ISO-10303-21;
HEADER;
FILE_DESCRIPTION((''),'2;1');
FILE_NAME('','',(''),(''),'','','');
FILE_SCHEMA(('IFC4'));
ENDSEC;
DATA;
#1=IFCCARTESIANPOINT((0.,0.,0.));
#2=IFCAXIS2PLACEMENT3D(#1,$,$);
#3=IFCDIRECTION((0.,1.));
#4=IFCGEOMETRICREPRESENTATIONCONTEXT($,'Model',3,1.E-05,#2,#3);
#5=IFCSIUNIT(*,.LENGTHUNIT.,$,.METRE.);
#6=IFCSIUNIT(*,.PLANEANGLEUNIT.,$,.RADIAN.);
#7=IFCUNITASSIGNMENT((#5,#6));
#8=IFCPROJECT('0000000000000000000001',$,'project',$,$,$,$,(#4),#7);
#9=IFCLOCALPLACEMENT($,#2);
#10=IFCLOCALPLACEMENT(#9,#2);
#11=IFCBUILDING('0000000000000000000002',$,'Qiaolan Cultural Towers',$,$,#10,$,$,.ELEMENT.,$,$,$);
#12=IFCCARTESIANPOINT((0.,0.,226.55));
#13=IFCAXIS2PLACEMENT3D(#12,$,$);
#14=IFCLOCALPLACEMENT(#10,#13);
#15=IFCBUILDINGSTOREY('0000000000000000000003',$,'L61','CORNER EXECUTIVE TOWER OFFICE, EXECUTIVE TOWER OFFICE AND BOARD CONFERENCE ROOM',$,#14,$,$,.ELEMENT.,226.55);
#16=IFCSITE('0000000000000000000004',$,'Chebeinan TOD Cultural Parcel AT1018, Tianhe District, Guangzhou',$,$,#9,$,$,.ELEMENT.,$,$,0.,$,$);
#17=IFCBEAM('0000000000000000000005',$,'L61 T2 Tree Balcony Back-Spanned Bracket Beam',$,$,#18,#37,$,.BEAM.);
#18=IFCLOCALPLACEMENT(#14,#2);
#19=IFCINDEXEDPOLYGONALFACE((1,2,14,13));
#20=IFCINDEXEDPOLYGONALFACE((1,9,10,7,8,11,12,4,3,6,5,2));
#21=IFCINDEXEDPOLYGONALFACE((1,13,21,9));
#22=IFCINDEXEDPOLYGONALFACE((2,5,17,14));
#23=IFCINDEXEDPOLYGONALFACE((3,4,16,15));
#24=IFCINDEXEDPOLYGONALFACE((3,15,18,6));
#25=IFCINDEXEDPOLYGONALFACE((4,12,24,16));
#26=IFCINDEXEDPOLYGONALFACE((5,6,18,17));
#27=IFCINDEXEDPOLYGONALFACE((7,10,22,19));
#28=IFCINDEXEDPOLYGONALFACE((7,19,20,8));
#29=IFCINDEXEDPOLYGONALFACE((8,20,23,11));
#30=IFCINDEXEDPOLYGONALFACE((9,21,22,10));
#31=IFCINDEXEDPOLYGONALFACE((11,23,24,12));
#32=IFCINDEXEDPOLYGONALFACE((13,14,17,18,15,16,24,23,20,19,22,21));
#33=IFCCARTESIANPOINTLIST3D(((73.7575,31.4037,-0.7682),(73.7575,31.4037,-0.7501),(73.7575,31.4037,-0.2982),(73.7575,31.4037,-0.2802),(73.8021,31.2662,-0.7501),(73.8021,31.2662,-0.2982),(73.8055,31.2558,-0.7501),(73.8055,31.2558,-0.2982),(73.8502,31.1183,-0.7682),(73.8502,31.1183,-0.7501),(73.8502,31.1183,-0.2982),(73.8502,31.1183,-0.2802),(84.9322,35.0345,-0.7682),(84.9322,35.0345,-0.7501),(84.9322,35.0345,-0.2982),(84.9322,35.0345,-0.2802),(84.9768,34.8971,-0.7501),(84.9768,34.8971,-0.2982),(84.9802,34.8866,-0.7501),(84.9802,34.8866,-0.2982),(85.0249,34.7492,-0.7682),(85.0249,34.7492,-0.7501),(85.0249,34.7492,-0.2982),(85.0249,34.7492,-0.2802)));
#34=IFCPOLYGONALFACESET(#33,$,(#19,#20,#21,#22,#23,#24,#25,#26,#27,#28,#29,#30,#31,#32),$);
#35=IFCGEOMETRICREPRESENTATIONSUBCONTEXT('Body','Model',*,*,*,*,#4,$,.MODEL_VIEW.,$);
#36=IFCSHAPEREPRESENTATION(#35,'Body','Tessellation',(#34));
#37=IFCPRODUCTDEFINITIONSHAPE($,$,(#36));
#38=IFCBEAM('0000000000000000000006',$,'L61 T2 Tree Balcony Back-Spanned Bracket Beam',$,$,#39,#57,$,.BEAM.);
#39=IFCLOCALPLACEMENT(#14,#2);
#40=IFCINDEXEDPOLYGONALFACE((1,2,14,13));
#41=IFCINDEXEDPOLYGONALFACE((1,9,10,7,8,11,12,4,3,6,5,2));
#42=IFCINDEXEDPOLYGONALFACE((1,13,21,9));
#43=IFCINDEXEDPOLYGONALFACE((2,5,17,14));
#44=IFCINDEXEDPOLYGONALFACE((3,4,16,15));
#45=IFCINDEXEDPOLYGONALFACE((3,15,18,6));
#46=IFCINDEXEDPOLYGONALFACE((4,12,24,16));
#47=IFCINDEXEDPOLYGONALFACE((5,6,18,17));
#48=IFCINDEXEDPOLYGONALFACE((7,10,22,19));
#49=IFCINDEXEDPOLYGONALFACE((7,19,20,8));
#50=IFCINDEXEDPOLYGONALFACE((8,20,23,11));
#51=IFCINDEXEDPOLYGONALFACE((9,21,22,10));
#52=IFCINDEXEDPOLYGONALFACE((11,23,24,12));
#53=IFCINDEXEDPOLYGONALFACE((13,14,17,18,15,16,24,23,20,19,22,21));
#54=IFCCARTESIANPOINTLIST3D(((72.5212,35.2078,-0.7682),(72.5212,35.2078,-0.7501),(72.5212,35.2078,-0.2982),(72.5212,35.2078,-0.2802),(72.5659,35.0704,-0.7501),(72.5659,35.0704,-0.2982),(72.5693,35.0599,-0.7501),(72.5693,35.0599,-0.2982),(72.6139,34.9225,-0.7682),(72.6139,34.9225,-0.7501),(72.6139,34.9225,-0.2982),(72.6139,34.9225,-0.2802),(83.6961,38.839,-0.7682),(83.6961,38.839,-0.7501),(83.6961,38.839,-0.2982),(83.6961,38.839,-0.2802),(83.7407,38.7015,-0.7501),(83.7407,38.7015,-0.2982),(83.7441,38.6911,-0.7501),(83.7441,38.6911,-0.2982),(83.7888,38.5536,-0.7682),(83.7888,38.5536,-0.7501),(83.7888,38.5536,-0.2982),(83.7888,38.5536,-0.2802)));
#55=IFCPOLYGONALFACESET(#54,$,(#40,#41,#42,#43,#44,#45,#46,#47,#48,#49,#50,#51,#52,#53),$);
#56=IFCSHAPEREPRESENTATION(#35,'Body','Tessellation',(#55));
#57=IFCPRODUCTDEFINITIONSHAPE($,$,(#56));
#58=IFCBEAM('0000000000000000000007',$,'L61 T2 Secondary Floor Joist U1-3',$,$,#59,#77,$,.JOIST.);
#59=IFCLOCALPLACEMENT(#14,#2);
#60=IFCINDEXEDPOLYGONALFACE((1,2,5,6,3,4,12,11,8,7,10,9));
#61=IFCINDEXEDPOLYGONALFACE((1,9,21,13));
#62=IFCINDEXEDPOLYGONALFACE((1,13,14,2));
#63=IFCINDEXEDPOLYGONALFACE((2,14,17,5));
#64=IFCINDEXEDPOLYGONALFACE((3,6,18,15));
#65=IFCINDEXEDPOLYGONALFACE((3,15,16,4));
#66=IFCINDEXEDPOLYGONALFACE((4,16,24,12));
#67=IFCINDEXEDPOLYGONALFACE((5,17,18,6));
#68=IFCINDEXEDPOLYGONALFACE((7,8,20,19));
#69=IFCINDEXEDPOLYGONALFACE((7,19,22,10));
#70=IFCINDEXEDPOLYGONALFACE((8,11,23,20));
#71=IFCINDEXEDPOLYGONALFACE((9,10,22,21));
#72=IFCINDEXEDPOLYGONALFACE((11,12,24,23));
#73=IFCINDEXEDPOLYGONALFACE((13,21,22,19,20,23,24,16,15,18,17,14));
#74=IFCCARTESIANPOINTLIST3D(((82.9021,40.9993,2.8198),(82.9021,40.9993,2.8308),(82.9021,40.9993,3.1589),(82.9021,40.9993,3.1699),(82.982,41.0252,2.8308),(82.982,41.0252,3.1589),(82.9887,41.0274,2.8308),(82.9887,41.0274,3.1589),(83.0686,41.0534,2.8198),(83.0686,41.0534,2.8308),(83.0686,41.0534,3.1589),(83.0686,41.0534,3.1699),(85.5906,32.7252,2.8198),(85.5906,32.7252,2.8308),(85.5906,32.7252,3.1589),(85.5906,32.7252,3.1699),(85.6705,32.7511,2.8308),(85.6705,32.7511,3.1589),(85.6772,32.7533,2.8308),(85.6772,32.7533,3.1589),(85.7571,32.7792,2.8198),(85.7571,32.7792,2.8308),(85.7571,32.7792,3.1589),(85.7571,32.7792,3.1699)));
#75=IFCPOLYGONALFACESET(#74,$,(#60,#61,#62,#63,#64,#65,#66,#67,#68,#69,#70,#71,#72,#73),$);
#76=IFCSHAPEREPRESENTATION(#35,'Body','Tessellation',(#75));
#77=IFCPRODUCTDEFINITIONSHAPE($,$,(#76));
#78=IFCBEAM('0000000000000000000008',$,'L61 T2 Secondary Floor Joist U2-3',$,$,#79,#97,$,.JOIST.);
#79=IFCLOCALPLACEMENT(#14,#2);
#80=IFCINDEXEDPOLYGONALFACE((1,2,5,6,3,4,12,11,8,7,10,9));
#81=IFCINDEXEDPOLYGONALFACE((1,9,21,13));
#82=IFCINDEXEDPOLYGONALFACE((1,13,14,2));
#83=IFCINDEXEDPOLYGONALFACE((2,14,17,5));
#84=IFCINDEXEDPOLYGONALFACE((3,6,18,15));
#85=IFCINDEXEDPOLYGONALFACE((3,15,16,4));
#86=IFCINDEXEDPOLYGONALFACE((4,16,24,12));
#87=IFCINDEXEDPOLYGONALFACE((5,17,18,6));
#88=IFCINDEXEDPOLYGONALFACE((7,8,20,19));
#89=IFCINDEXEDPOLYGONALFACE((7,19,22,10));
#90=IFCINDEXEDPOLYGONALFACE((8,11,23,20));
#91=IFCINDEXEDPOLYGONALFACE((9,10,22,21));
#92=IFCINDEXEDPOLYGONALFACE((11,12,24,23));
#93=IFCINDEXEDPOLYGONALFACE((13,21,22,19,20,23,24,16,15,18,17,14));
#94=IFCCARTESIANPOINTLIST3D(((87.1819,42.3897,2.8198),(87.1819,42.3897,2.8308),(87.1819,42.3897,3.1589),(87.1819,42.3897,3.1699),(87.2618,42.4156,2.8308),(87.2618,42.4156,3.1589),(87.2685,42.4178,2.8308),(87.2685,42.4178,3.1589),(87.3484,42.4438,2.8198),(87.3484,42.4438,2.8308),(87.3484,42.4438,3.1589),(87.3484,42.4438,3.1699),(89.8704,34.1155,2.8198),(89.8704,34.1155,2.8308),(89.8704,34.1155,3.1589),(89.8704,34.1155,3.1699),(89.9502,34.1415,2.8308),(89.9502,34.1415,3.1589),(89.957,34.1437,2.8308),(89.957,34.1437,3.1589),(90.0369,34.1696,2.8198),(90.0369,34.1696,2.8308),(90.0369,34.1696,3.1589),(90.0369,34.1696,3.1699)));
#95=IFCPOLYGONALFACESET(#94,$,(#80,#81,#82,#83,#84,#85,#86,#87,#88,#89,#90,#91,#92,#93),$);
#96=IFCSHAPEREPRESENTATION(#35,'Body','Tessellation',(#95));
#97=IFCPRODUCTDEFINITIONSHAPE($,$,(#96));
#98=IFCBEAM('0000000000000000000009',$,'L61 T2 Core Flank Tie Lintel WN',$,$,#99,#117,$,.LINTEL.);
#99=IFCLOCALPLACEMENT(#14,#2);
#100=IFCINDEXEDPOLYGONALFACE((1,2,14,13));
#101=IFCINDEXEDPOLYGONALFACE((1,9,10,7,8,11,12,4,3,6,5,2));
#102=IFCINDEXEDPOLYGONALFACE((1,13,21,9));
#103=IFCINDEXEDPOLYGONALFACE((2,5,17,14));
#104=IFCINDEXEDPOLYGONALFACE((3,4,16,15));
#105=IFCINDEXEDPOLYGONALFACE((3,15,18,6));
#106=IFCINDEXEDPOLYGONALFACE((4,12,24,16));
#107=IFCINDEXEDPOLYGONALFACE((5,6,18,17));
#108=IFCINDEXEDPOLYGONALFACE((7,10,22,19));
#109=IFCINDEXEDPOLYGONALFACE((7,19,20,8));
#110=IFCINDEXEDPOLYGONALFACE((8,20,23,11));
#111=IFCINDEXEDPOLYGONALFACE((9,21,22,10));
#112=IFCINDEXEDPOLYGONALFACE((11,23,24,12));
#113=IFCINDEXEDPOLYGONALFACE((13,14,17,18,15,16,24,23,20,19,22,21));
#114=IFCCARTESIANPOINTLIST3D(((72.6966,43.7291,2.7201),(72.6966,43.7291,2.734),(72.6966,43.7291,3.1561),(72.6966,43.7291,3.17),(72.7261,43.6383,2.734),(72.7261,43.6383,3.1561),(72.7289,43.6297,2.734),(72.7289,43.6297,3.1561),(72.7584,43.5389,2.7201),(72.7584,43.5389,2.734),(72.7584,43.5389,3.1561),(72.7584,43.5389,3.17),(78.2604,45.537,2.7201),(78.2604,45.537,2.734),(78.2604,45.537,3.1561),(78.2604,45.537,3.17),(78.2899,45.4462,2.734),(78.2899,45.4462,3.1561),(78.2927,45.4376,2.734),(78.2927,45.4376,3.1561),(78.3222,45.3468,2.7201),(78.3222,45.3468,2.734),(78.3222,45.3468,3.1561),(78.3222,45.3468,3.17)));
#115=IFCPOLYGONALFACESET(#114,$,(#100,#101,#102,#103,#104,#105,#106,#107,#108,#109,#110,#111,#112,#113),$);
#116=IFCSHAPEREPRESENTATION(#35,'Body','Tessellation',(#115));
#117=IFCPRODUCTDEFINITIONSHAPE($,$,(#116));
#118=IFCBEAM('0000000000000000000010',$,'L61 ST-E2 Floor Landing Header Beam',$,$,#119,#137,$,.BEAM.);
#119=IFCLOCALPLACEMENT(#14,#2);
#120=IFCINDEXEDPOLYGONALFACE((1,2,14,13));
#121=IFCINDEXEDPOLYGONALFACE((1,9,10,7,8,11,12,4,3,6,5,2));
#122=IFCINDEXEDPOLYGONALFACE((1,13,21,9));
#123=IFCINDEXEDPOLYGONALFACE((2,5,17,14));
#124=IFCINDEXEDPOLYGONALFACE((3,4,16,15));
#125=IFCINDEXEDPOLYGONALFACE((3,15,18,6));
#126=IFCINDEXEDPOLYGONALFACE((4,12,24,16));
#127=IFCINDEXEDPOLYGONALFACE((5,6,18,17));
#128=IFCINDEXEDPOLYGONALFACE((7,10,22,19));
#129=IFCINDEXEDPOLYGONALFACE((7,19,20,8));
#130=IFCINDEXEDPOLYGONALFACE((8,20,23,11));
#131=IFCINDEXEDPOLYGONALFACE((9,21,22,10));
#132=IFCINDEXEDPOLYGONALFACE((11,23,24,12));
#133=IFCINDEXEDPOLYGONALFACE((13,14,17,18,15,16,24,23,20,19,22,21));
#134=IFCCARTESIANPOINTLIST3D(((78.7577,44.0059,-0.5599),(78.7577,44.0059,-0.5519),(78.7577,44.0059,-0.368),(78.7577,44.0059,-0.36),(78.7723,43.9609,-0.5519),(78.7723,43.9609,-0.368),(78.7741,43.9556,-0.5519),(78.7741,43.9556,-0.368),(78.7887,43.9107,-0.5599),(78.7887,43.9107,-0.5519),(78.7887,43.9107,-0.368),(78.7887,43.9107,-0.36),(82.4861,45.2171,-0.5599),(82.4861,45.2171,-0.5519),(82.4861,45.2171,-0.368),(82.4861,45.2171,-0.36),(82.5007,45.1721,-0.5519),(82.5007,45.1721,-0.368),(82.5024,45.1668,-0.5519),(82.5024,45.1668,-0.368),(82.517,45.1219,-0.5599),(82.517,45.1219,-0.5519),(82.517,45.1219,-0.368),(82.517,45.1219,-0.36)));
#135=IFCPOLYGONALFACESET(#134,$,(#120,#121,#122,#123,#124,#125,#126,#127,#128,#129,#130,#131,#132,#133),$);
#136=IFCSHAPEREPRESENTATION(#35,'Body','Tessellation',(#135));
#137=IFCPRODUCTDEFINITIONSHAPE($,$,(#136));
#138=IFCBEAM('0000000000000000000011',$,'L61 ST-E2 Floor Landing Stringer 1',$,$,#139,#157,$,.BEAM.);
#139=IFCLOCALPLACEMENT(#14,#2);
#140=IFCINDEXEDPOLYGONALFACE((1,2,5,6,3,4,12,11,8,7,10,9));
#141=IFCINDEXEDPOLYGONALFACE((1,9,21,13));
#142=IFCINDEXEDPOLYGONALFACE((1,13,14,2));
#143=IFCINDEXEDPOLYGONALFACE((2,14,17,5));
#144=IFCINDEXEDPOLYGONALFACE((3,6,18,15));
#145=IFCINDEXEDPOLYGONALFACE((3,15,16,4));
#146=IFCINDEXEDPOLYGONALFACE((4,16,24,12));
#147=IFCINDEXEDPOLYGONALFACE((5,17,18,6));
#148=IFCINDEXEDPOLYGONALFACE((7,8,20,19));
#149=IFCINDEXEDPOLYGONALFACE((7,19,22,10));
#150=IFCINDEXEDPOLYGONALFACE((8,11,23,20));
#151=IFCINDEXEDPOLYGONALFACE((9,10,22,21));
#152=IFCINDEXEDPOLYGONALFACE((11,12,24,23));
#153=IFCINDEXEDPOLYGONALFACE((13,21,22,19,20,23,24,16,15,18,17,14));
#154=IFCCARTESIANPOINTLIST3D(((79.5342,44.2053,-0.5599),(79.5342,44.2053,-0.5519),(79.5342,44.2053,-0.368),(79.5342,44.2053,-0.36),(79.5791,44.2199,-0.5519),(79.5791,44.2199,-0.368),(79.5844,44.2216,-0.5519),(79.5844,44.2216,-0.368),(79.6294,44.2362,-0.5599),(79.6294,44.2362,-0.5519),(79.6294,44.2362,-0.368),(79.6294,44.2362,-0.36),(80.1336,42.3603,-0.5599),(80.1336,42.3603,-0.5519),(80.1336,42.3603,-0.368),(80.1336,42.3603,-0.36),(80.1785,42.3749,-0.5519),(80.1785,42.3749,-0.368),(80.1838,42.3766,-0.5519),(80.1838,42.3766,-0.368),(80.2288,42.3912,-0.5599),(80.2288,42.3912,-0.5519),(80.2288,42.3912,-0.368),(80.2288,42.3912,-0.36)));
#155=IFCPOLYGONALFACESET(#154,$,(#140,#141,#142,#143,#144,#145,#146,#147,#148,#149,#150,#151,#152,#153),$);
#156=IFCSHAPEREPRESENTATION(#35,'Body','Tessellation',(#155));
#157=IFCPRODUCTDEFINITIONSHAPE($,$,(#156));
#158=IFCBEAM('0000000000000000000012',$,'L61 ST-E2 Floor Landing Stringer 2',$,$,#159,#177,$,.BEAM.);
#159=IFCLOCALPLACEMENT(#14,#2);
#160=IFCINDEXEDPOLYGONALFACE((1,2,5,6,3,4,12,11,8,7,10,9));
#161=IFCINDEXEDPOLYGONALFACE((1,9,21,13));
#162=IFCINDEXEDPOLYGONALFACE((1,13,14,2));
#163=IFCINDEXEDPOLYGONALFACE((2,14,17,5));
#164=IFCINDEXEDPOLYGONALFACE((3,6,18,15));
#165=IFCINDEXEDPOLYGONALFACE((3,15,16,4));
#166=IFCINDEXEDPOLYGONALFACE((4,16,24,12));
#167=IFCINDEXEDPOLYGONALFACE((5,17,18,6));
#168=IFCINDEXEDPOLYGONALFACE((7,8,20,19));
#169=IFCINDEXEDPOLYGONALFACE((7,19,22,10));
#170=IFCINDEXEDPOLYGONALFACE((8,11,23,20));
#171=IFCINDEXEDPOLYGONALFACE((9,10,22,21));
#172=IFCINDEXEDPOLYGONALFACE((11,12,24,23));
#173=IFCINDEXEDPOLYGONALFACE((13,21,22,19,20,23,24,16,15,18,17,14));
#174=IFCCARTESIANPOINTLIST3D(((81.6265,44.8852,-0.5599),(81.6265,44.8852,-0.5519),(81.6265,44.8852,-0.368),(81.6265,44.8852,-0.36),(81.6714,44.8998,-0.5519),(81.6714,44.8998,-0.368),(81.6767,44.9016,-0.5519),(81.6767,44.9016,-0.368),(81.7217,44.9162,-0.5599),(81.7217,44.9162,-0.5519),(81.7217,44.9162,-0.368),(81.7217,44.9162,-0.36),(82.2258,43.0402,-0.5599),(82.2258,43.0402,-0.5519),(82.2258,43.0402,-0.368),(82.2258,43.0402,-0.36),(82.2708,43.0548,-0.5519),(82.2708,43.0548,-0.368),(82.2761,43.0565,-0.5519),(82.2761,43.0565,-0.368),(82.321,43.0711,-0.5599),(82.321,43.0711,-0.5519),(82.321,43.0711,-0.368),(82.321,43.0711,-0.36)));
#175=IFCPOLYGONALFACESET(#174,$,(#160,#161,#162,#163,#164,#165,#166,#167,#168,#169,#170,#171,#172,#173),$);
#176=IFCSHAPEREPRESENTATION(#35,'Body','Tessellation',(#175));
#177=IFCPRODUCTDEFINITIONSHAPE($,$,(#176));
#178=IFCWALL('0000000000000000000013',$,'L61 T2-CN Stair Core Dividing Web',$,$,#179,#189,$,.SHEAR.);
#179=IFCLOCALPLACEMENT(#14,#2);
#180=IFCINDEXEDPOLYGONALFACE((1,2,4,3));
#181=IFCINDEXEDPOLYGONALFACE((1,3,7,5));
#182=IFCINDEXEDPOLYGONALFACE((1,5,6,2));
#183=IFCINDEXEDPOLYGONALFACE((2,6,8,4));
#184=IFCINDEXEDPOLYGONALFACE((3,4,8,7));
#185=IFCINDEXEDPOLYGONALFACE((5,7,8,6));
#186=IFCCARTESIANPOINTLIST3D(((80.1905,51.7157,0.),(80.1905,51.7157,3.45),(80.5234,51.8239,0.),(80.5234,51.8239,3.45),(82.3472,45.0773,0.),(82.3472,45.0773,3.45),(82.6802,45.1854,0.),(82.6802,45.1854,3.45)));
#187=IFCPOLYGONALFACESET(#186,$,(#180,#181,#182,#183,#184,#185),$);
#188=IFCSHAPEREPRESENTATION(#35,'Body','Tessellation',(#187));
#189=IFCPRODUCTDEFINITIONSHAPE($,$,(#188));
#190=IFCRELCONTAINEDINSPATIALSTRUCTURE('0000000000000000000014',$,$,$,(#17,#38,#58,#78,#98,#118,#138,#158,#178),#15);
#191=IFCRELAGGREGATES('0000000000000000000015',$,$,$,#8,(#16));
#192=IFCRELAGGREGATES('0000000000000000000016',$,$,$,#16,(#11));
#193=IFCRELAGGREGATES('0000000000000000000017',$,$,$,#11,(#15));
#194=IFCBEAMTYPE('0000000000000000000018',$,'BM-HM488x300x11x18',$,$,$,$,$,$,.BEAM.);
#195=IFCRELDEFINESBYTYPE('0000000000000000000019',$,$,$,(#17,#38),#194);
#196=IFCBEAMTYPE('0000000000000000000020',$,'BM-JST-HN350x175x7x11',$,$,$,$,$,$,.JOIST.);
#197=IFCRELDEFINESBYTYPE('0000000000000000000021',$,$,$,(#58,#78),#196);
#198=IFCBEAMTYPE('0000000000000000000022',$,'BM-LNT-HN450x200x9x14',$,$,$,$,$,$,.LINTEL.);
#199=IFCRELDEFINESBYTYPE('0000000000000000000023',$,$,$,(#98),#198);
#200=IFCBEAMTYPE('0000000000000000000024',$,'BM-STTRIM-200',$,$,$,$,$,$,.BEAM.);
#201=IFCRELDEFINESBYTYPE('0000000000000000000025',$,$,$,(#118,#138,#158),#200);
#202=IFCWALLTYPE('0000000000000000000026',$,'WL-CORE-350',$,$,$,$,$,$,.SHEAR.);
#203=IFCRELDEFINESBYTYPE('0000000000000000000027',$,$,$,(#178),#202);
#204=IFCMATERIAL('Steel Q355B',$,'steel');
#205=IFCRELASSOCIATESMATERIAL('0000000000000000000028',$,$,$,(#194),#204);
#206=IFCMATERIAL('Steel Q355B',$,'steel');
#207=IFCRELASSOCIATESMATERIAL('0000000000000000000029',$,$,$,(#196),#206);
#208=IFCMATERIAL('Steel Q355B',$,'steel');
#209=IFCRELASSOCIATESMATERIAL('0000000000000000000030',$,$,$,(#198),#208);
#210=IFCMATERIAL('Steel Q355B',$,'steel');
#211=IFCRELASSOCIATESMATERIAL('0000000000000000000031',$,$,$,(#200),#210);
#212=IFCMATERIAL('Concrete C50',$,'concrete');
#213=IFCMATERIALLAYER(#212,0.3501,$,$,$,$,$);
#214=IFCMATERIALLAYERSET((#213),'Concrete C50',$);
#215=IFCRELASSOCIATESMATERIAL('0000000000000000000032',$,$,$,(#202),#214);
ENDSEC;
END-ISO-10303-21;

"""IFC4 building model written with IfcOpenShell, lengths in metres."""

from ifc_helpers import new_model, si_unit, direction, frame, frame_2d, origin, origin_2d, place, context, subcontext, project, spatial, rectangle, i_section, extrude, material, layer, layer_set, material_profile, profile_set, type_object, element, save


model = new_model("IFC4")

# Units and contexts
model_context = context("Model", 3, precision=1e-05, world=origin(), true_north=direction((0.0, 1.0)))
body_context = subcontext(model_context, "Body", "Model", "MODEL_VIEW")
ifc_project = project(units=[si_unit("LENGTHUNIT", "METRE"), si_unit("PLANEANGLEUNIT", "RADIAN")], contexts=[model_context])

# Site, building, storey
site_placement = place(None, origin())
site = spatial("IfcSite", under=ifc_project, at=site_placement, Name="Chebeinan TOD Cultural Parcel AT1018, Tianhe District, Guangzhou", CompositionType="ELEMENT", RefElevation=0.0)
building_placement = place(site_placement, origin())
building = spatial("IfcBuilding", under=site, at=building_placement, Name="Qiaolan Cultural Towers", CompositionType="ELEMENT")
storey_placement = place(building_placement, frame((0.0, 0.0, 226.55)))
storey = spatial("IfcBuildingStorey", under=building, at=storey_placement, Name="L61", Description="CORNER EXECUTIVE TOWER OFFICE, EXECUTIVE TOWER OFFICE AND BOARD CONFERENCE ROOM", CompositionType="ELEMENT", Elevation=226.55)

# Beams
ifc_material_1 = material(Name="Steel Q355B", Category="steel")
ifc_material_profile_1 = material_profile(ifc_material_1, i_section(OverallWidth=0.3, OverallDepth=0.488, WebThickness=0.011, FlangeThickness=0.0181, at=origin_2d()), Name="HM488x300x11x18")
ifc_profile_set_1 = profile_set([ifc_material_profile_1], Name="Steel Q355B")
beam_type_1 = type_object("IfcBeamType", Name="BM-HM488x300x11x18", PredefinedType="BEAM", material=ifc_profile_set_1)
beam_1_placement = place(storey_placement, frame((84.9785, 34.8918, -0.5242), z_axis=(-0.951058, -0.309013, 0.0), x_axis=(0.309013, -0.951058, 0.0)))
element("IfcBeam", 1, at=beam_1_placement, inside=storey, type_object=beam_type_1, Name="L61 T2 Tree Balcony Back-Spanned Bracket Beam", PredefinedType="BEAM", context=body_context, shape_type="SweptSolid", body=[
    extrude(i_section(OverallWidth=0.3, OverallDepth=0.488, WebThickness=0.011, FlangeThickness=0.0181, at=origin_2d()), origin(), (0.0, 0.0, 1.0), 11.7498),
])
beam_2_placement = place(storey_placement, frame((83.7424, 38.6963, -0.5242), z_axis=(-0.951052, -0.309032, 0.0), x_axis=(0.309032, -0.951052, 0.0)))
element("IfcBeam", 2, at=beam_2_placement, inside=storey, type_object=beam_type_1, Name="L61 T2 Tree Balcony Back-Spanned Bracket Beam", PredefinedType="BEAM", context=body_context, shape_type="SweptSolid", body=[
    extrude(i_section(OverallWidth=0.3, OverallDepth=0.488, WebThickness=0.011, FlangeThickness=0.0181, at=origin_2d()), origin(), (0.0, 0.0, 1.0), 11.75),
])
ifc_material_2 = material(Name="Steel Q355B", Category="steel")
ifc_material_profile_2 = material_profile(ifc_material_2, i_section(OverallWidth=0.175, OverallDepth=0.3501, WebThickness=0.0071, FlangeThickness=0.011, at=origin_2d()), Name="HN350x175x7x11")
ifc_profile_set_2 = profile_set([ifc_material_profile_2], Name="Steel Q355B")
beam_type_2 = type_object("IfcBeamType", Name="BM-JST-HN350x175x7x11", PredefinedType="JOIST", material=ifc_profile_set_2)
for number, where, z_axis, x_axis, name in (
    (3, (85.6738, 32.7522, 2.9949), (-0.309021, 0.951055, 0.0), (-0.951055, -0.309021, 0.0), "L61 T2 Secondary Floor Joist U1-3"),
    (4, (89.9536, 34.1426, 2.9949), (-0.309021, 0.951055, 0.0), (-0.951055, -0.309021, 0.0), "L61 T2 Secondary Floor Joist U2-3"),
):
    element("IfcBeam", number, at=place(storey_placement, frame(where, z_axis=z_axis, x_axis=x_axis)), inside=storey, type_object=beam_type_2, Name=name, PredefinedType="JOIST", context=body_context, shape_type="SweptSolid", body=[
        extrude(i_section(OverallWidth=0.175, OverallDepth=0.3501, WebThickness=0.0071, FlangeThickness=0.011, at=origin_2d()), origin(), (0.0, 0.0, 1.0), 8.7),
    ])
ifc_material_3 = material(Name="Steel Q355B", Category="steel")
ifc_material_profile_3 = material_profile(ifc_material_3, i_section(OverallWidth=0.2, OverallDepth=0.45, WebThickness=0.009, FlangeThickness=0.0139, at=origin_2d()), Name="HN450x200x9x14")
ifc_profile_set_3 = profile_set([ifc_material_profile_3], Name="Steel Q355B")
beam_type_3 = type_object("IfcBeamType", Name="BM-LNT-HN450x200x9x14", PredefinedType="LINTEL", material=ifc_profile_set_3)
beam_3_placement = place(storey_placement, frame((78.2913, 45.4419, 2.9451), z_axis=(-0.951052, -0.309032, 0.0), x_axis=(0.309032, -0.951052, 0.0)))
element("IfcBeam", 5, at=beam_3_placement, inside=storey, type_object=beam_type_3, Name="L61 T2 Core Flank Tie Lintel WN", PredefinedType="LINTEL", context=body_context, shape_type="SweptSolid", body=[
    extrude(i_section(OverallWidth=0.2, OverallDepth=0.45, WebThickness=0.009, FlangeThickness=0.0139, at=origin_2d()), origin(), (0.0, 0.0, 1.0), 5.8501),
])
ifc_material_4 = material(Name="Steel Q355B", Category="steel")
ifc_material_profile_4 = material_profile(ifc_material_4, i_section(OverallWidth=0.1001, OverallDepth=0.2, WebThickness=0.0056, FlangeThickness=0.0081, at=origin_2d()), Name="HN200x100x5.5x8")
ifc_profile_set_4 = profile_set([ifc_material_profile_4], Name="Steel Q355B")
beam_type_4 = type_object("IfcBeamType", Name="BM-STTRIM-200", PredefinedType="BEAM", material=ifc_profile_set_4)
beam_4_placement = place(storey_placement, frame((78.7732, 43.9583, -0.46), z_axis=(0.951072, 0.308969, 0.0), x_axis=(-0.308969, 0.951072, 0.0)))
element("IfcBeam", 6, at=beam_4_placement, inside=storey, type_object=beam_type_4, Name="L61 ST-E2 Floor Landing Header Beam", PredefinedType="BEAM", context=body_context, shape_type="SweptSolid", body=[
    extrude(i_section(OverallWidth=0.1001, OverallDepth=0.2, WebThickness=0.0056, FlangeThickness=0.0081, at=origin_2d()), origin(), (0.0, 0.0, 1.0), 3.9202),
])
for number, where, z_axis, x_axis, name in (
    (7, (80.1812, 42.3757, -0.46), (-0.308969, 0.951072, 0.0), (-0.951072, -0.308969, 0.0), "L61 ST-E2 Floor Landing Stringer 1"),
    (8, (82.2734, 43.0557, -0.46), (-0.308969, 0.951072, 0.0), (-0.951072, -0.308969, 0.0), "L61 ST-E2 Floor Landing Stringer 2"),
):
    element("IfcBeam", number, at=place(storey_placement, frame(where, z_axis=z_axis, x_axis=x_axis)), inside=storey, type_object=beam_type_4, Name=name, PredefinedType="BEAM", context=body_context, shape_type="SweptSolid", body=[
        extrude(i_section(OverallWidth=0.1001, OverallDepth=0.2, WebThickness=0.0056, FlangeThickness=0.0081, at=origin_2d()), origin(), (0.0, 0.0, 1.0), 1.9399),
    ])

# Wall
ifc_material_5 = material(Name="Concrete C50", Category="concrete")
ifc_layer_1 = layer(ifc_material_5, 0.3501)
ifc_layer_set_1 = layer_set([ifc_layer_1], Name="Concrete C50")
wall_type_1 = type_object("IfcWallType", Name="WL-CORE-350", PredefinedType="SHEAR", material=ifc_layer_set_1)
wall_1_placement = place(storey_placement, frame((82.5137, 45.1313, 0.0), z_axis=(0.0, 0.0, 1.0), x_axis=(-0.308989, 0.951066, 0.0)))
element("IfcWall", 9, at=wall_1_placement, inside=storey, type_object=wall_type_1, Name="L61 T2-CN Stair Core Dividing Web", PredefinedType="SHEAR", context=body_context, shape_type="SweptSolid", body=[
    extrude(rectangle(XDim=6.98, YDim=0.3501, at=frame_2d((3.49, 0.0))), origin(), (0.0, 0.0, 1.0), 3.45),
])

save(model, "model.ifc")
